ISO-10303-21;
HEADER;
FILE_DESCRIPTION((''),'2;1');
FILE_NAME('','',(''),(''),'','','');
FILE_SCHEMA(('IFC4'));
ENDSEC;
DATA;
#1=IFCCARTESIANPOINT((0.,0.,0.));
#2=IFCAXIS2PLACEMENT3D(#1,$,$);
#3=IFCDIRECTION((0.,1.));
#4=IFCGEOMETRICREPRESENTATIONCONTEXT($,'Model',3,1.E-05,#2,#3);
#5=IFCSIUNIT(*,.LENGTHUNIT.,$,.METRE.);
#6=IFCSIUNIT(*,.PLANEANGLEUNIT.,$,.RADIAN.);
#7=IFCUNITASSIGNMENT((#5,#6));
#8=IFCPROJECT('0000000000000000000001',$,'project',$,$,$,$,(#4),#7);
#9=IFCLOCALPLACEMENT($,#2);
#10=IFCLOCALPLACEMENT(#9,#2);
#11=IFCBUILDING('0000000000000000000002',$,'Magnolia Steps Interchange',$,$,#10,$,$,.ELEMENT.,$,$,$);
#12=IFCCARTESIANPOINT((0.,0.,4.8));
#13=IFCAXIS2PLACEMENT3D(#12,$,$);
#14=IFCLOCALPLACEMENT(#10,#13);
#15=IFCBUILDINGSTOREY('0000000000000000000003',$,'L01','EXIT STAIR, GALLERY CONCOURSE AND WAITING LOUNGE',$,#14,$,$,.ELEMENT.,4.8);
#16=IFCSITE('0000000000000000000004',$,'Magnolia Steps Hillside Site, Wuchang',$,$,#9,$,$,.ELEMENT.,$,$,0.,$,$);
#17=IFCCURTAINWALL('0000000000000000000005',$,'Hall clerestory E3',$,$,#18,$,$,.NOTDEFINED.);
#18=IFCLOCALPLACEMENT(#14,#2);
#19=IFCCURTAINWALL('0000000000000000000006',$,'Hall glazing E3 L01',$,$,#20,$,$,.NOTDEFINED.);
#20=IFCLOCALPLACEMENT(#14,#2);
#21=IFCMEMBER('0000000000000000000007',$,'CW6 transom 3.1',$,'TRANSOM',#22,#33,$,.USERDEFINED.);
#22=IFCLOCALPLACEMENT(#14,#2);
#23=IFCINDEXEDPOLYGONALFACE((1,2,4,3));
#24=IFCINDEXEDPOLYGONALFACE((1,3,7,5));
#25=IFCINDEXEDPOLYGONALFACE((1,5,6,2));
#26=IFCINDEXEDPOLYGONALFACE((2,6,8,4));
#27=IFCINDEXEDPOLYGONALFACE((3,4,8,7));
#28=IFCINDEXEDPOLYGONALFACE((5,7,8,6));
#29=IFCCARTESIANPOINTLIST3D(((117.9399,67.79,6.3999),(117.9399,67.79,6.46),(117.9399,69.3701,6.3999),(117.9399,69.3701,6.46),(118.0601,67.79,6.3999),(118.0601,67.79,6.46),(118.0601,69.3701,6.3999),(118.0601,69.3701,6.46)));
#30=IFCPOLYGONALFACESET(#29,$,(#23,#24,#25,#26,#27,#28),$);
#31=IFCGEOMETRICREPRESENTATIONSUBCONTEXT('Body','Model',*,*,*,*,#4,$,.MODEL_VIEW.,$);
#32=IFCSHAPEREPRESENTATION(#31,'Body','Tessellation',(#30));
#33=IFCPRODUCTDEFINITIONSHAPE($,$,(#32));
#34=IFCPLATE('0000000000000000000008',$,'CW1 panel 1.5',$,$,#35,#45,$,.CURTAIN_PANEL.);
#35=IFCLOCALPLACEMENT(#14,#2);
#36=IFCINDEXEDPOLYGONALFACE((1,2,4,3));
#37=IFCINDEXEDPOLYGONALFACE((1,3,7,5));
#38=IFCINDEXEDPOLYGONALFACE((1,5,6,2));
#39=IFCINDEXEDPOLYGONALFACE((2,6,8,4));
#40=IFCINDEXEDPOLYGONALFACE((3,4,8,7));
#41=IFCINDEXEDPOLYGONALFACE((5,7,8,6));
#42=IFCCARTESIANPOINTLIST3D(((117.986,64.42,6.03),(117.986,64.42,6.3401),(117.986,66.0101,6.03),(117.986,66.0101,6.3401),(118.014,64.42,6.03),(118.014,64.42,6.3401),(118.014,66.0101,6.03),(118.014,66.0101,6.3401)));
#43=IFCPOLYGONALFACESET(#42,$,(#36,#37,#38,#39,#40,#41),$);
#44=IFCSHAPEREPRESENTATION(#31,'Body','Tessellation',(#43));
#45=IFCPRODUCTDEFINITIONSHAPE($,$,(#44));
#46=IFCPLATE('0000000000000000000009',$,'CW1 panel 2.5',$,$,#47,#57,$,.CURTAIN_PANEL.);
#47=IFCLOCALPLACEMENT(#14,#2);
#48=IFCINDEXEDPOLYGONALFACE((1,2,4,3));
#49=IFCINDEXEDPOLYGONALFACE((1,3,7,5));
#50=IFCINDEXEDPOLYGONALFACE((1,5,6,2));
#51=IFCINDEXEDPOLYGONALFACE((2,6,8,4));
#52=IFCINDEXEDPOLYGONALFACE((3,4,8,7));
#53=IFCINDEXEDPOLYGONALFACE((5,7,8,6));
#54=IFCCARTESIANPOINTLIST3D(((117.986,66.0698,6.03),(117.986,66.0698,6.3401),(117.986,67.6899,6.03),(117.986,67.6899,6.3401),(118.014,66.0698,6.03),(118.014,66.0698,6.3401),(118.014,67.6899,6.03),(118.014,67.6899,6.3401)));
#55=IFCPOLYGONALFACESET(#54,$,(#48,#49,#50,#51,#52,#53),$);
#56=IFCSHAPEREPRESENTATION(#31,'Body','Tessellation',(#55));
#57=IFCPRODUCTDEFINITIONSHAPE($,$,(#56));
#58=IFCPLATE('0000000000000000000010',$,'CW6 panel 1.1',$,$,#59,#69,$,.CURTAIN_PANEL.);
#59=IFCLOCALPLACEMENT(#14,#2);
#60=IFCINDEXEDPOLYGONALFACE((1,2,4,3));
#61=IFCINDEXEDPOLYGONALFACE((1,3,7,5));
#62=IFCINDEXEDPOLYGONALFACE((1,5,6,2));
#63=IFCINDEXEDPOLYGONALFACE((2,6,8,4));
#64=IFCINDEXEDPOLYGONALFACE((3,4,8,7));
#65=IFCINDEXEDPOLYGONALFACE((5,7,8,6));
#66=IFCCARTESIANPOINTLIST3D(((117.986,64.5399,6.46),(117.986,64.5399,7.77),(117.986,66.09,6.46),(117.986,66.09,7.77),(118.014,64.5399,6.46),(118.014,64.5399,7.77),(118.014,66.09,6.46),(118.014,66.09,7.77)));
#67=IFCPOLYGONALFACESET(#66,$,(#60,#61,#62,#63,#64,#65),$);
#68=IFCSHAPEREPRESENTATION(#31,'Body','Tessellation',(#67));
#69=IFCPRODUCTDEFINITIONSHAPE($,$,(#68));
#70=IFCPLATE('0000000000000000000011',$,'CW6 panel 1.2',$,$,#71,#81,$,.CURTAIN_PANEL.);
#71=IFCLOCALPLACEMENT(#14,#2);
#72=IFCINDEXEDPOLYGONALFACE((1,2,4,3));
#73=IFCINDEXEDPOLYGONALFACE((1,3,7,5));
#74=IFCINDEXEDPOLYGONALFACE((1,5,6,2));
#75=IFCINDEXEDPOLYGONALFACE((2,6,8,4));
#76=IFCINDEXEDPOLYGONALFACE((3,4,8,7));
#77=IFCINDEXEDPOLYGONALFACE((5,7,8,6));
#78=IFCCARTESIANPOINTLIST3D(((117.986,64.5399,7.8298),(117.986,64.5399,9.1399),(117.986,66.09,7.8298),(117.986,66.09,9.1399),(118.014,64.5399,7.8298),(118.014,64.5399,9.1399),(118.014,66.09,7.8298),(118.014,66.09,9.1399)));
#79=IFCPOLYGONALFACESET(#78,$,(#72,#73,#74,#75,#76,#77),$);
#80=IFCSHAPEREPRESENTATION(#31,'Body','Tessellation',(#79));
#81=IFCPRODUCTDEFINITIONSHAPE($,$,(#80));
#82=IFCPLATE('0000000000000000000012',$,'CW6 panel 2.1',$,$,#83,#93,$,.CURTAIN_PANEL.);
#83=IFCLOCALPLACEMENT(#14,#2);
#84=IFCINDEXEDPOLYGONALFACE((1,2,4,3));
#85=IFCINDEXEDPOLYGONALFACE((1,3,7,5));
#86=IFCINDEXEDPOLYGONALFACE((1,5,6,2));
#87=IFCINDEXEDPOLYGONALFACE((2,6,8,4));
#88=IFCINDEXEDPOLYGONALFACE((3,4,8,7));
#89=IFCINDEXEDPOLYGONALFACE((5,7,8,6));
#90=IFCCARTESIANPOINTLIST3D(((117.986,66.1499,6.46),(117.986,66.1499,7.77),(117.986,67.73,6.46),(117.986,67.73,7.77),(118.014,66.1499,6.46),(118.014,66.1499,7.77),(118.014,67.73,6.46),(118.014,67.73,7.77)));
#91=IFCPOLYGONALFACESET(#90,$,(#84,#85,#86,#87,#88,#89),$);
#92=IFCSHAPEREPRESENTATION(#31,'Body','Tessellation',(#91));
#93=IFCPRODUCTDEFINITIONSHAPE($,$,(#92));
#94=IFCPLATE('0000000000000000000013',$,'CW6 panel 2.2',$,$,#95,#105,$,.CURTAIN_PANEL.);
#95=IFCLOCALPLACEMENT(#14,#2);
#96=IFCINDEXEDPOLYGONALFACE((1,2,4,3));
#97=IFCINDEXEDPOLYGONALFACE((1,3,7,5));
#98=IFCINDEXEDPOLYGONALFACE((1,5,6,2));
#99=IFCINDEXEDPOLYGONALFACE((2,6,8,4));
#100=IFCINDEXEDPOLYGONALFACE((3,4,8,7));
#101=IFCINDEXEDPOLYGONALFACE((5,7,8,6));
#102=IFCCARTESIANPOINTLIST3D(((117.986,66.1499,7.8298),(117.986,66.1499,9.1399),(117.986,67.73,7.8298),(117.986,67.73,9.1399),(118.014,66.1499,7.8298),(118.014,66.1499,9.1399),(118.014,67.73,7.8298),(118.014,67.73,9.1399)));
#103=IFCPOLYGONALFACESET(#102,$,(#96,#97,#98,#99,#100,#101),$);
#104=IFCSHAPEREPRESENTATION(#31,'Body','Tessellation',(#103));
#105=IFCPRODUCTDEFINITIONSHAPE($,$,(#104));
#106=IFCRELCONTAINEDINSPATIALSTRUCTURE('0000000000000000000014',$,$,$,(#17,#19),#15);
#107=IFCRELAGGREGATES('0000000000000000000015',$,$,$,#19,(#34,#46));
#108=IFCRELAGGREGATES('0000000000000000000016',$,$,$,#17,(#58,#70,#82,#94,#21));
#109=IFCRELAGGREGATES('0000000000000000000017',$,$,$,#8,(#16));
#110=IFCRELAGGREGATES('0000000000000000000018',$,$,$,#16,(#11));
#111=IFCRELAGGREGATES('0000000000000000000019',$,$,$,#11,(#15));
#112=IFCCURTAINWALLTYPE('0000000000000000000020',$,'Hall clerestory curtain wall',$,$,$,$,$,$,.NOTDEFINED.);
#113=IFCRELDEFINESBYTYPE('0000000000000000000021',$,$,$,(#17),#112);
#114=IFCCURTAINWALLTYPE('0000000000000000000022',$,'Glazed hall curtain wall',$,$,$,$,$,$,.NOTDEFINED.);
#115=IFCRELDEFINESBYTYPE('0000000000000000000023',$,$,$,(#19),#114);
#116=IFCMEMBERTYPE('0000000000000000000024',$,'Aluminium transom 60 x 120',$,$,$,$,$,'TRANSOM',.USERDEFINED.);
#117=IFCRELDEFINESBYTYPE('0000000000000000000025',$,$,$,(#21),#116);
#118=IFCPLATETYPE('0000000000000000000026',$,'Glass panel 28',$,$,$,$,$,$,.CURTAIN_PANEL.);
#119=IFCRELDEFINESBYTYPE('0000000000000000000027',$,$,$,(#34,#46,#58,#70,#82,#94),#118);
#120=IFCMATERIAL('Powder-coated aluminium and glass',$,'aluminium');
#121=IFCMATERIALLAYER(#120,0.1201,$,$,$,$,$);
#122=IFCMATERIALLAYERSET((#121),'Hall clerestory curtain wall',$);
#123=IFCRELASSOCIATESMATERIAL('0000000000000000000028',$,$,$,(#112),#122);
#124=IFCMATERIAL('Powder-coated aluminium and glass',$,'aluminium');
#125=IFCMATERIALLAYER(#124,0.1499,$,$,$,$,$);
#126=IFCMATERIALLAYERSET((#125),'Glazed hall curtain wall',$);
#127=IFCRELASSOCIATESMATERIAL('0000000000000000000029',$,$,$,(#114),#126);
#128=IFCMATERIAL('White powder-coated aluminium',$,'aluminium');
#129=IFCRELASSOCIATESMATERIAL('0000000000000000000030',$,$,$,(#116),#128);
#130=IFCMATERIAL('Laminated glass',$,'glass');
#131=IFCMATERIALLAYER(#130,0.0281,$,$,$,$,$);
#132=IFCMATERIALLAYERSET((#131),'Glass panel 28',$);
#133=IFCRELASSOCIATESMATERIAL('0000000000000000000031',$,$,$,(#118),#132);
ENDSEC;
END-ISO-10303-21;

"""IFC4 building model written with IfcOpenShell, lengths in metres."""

from ifc_helpers import new_model, si_unit, direction, frame, origin, origin_2d, place, context, subcontext, project, spatial, rectangle, extrude, material, layer, layer_set, material_profile, profile_set, type_object, element, aggregate, save


model = new_model("IFC4")

# Units and contexts
model_context = context("Model", 3, precision=1e-05, world=origin(), true_north=direction((0.0, 1.0)))
body_context = subcontext(model_context, "Body", "Model", "MODEL_VIEW")
ifc_project = project(units=[si_unit("LENGTHUNIT", "METRE"), si_unit("PLANEANGLEUNIT", "RADIAN")], contexts=[model_context])

# Site, building, storey
site_placement = place(None, origin())
site = spatial("IfcSite", under=ifc_project, at=site_placement, Name="Magnolia Steps Hillside Site, Wuchang", CompositionType="ELEMENT", RefElevation=0.0)
building_placement = place(site_placement, origin())
building = spatial("IfcBuilding", under=site, at=building_placement, Name="Magnolia Steps Interchange", CompositionType="ELEMENT")
storey_placement = place(building_placement, frame((0.0, 0.0, 4.8)))
storey = spatial("IfcBuildingStorey", under=building, at=storey_placement, Name="L01", Description="EXIT STAIR, GALLERY CONCOURSE AND WAITING LOUNGE", CompositionType="ELEMENT", Elevation=4.8)

# Curtain walls
ifc_material_1 = material(Name="Powder-coated aluminium and glass", Category="aluminium")
ifc_layer_1 = layer(ifc_material_1, 0.1201)
ifc_layer_set_1 = layer_set([ifc_layer_1], Name="Hall clerestory curtain wall")
curtain_wall_type_1 = type_object("IfcCurtainWallType", Name="Hall clerestory curtain wall", PredefinedType="NOTDEFINED", material=ifc_layer_set_1)
curtain_wall_1_placement = place(storey_placement, origin())
curtain_wall_1 = element("IfcCurtainWall", 1, at=curtain_wall_1_placement, inside=storey, type_object=curtain_wall_type_1, Name="Hall clerestory E3", PredefinedType="NOTDEFINED")
ifc_material_2 = material(Name="Powder-coated aluminium and glass", Category="aluminium")
ifc_layer_2 = layer(ifc_material_2, 0.1499)
ifc_layer_set_2 = layer_set([ifc_layer_2], Name="Glazed hall curtain wall")
curtain_wall_type_2 = type_object("IfcCurtainWallType", Name="Glazed hall curtain wall", PredefinedType="NOTDEFINED", material=ifc_layer_set_2)
curtain_wall_2_placement = place(storey_placement, origin())
curtain_wall_2 = element("IfcCurtainWall", 2, at=curtain_wall_2_placement, inside=storey, type_object=curtain_wall_type_2, Name="Hall glazing E3 L01", PredefinedType="NOTDEFINED")
ifc_material_3 = material(Name="White powder-coated aluminium", Category="aluminium")
ifc_material_profile_1 = material_profile(ifc_material_3, rectangle(XDim=0.0601, YDim=0.1201, at=origin_2d()), Name="Aluminium transom 60 x 120")
ifc_profile_set_1 = profile_set([ifc_material_profile_1], Name="White powder-coated aluminium")
member_type_1 = type_object("IfcMemberType", Name="Aluminium transom 60 x 120", ElementType="TRANSOM", PredefinedType="USERDEFINED", material=ifc_profile_set_1)

# Member
member_1_placement = place(storey_placement, frame((118.0, 67.79, 6.4299), z_axis=(0.0, 1.0, 0.0), x_axis=(0.0, 0.0, 1.0)))
member_1 = element("IfcMember", 3, at=member_1_placement, type_object=member_type_1, Name="CW6 transom 3.1", ObjectType="TRANSOM", PredefinedType="USERDEFINED", context=body_context, shape_type="SweptSolid", body=[
    extrude(rectangle(XDim=0.0601, YDim=0.1201, at=origin_2d()), origin(), (0.0, 0.0, 1.0), 1.5801),
])

# Plates
ifc_material_4 = material(Name="Laminated glass", Category="glass")
ifc_layer_3 = layer(ifc_material_4, 0.0281)
ifc_layer_set_3 = layer_set([ifc_layer_3], Name="Glass panel 28")
plate_type = type_object("IfcPlateType", Name="Glass panel 28", PredefinedType="CURTAIN_PANEL", material=ifc_layer_set_3)
plate_1_placement = place(storey_placement, frame((118.0, 65.2151, 6.03), z_axis=(0.0, 0.0, 1.0), x_axis=(0.0, 1.0, 0.0)))
plate_1 = element("IfcPlate", 4, at=plate_1_placement, type_object=plate_type, Name="CW1 panel 1.5", PredefinedType="CURTAIN_PANEL", context=body_context, shape_type="SweptSolid", body=[
    extrude(rectangle(XDim=1.5901, YDim=0.0281, at=origin_2d()), origin(), (0.0, 0.0, 1.0), 0.3101),
])
plate_2_placement = place(storey_placement, frame((118.0, 66.8799, 6.03), z_axis=(0.0, 0.0, 1.0), x_axis=(0.0, 1.0, 0.0)))
plate_2 = element("IfcPlate", 5, at=plate_2_placement, type_object=plate_type, Name="CW1 panel 2.5", PredefinedType="CURTAIN_PANEL", context=body_context, shape_type="SweptSolid", body=[
    extrude(rectangle(XDim=1.6201, YDim=0.0281, at=origin_2d()), origin(), (0.0, 0.0, 1.0), 0.3101),
])
aggregate(curtain_wall_2, [plate_1, plate_2])
plate_3_placement = place(storey_placement, frame((118.0, 65.3149, 6.46), z_axis=(0.0, 0.0, 1.0), x_axis=(0.0, 1.0, 0.0)))
plate_3 = element("IfcPlate", 6, at=plate_3_placement, type_object=plate_type, Name="CW6 panel 1.1", PredefinedType="CURTAIN_PANEL", context=body_context, shape_type="SweptSolid", body=[
    extrude(rectangle(XDim=1.55, YDim=0.0281, at=origin_2d()), origin(), (0.0, 0.0, 1.0), 1.3101),
])
plate_4_placement = place(storey_placement, frame((118.0, 65.3149, 7.8298), z_axis=(0.0, 0.0, 1.0), x_axis=(0.0, 1.0, 0.0)))
plate_4 = element("IfcPlate", 7, at=plate_4_placement, type_object=plate_type, Name="CW6 panel 1.2", PredefinedType="CURTAIN_PANEL", context=body_context, shape_type="SweptSolid", body=[
    extrude(rectangle(XDim=1.55, YDim=0.0281, at=origin_2d()), origin(), (0.0, 0.0, 1.0), 1.3101),
])
plate_5_placement = place(storey_placement, frame((118.0, 66.9399, 6.46), z_axis=(0.0, 0.0, 1.0), x_axis=(0.0, 1.0, 0.0)))
plate_5 = element("IfcPlate", 8, at=plate_5_placement, type_object=plate_type, Name="CW6 panel 2.1", PredefinedType="CURTAIN_PANEL", context=body_context, shape_type="SweptSolid", body=[
    extrude(rectangle(XDim=1.5801, YDim=0.0281, at=origin_2d()), origin(), (0.0, 0.0, 1.0), 1.3101),
])
plate_6_placement = place(storey_placement, frame((118.0, 66.9399, 7.8298), z_axis=(0.0, 0.0, 1.0), x_axis=(0.0, 1.0, 0.0)))
plate_6 = element("IfcPlate", 9, at=plate_6_placement, type_object=plate_type, Name="CW6 panel 2.2", PredefinedType="CURTAIN_PANEL", context=body_context, shape_type="SweptSolid", body=[
    extrude(rectangle(XDim=1.5801, YDim=0.0281, at=origin_2d()), origin(), (0.0, 0.0, 1.0), 1.3101),
])
aggregate(curtain_wall_1, [plate_3, plate_4, plate_5, plate_6, member_1])

save(model, "model.ifc")
